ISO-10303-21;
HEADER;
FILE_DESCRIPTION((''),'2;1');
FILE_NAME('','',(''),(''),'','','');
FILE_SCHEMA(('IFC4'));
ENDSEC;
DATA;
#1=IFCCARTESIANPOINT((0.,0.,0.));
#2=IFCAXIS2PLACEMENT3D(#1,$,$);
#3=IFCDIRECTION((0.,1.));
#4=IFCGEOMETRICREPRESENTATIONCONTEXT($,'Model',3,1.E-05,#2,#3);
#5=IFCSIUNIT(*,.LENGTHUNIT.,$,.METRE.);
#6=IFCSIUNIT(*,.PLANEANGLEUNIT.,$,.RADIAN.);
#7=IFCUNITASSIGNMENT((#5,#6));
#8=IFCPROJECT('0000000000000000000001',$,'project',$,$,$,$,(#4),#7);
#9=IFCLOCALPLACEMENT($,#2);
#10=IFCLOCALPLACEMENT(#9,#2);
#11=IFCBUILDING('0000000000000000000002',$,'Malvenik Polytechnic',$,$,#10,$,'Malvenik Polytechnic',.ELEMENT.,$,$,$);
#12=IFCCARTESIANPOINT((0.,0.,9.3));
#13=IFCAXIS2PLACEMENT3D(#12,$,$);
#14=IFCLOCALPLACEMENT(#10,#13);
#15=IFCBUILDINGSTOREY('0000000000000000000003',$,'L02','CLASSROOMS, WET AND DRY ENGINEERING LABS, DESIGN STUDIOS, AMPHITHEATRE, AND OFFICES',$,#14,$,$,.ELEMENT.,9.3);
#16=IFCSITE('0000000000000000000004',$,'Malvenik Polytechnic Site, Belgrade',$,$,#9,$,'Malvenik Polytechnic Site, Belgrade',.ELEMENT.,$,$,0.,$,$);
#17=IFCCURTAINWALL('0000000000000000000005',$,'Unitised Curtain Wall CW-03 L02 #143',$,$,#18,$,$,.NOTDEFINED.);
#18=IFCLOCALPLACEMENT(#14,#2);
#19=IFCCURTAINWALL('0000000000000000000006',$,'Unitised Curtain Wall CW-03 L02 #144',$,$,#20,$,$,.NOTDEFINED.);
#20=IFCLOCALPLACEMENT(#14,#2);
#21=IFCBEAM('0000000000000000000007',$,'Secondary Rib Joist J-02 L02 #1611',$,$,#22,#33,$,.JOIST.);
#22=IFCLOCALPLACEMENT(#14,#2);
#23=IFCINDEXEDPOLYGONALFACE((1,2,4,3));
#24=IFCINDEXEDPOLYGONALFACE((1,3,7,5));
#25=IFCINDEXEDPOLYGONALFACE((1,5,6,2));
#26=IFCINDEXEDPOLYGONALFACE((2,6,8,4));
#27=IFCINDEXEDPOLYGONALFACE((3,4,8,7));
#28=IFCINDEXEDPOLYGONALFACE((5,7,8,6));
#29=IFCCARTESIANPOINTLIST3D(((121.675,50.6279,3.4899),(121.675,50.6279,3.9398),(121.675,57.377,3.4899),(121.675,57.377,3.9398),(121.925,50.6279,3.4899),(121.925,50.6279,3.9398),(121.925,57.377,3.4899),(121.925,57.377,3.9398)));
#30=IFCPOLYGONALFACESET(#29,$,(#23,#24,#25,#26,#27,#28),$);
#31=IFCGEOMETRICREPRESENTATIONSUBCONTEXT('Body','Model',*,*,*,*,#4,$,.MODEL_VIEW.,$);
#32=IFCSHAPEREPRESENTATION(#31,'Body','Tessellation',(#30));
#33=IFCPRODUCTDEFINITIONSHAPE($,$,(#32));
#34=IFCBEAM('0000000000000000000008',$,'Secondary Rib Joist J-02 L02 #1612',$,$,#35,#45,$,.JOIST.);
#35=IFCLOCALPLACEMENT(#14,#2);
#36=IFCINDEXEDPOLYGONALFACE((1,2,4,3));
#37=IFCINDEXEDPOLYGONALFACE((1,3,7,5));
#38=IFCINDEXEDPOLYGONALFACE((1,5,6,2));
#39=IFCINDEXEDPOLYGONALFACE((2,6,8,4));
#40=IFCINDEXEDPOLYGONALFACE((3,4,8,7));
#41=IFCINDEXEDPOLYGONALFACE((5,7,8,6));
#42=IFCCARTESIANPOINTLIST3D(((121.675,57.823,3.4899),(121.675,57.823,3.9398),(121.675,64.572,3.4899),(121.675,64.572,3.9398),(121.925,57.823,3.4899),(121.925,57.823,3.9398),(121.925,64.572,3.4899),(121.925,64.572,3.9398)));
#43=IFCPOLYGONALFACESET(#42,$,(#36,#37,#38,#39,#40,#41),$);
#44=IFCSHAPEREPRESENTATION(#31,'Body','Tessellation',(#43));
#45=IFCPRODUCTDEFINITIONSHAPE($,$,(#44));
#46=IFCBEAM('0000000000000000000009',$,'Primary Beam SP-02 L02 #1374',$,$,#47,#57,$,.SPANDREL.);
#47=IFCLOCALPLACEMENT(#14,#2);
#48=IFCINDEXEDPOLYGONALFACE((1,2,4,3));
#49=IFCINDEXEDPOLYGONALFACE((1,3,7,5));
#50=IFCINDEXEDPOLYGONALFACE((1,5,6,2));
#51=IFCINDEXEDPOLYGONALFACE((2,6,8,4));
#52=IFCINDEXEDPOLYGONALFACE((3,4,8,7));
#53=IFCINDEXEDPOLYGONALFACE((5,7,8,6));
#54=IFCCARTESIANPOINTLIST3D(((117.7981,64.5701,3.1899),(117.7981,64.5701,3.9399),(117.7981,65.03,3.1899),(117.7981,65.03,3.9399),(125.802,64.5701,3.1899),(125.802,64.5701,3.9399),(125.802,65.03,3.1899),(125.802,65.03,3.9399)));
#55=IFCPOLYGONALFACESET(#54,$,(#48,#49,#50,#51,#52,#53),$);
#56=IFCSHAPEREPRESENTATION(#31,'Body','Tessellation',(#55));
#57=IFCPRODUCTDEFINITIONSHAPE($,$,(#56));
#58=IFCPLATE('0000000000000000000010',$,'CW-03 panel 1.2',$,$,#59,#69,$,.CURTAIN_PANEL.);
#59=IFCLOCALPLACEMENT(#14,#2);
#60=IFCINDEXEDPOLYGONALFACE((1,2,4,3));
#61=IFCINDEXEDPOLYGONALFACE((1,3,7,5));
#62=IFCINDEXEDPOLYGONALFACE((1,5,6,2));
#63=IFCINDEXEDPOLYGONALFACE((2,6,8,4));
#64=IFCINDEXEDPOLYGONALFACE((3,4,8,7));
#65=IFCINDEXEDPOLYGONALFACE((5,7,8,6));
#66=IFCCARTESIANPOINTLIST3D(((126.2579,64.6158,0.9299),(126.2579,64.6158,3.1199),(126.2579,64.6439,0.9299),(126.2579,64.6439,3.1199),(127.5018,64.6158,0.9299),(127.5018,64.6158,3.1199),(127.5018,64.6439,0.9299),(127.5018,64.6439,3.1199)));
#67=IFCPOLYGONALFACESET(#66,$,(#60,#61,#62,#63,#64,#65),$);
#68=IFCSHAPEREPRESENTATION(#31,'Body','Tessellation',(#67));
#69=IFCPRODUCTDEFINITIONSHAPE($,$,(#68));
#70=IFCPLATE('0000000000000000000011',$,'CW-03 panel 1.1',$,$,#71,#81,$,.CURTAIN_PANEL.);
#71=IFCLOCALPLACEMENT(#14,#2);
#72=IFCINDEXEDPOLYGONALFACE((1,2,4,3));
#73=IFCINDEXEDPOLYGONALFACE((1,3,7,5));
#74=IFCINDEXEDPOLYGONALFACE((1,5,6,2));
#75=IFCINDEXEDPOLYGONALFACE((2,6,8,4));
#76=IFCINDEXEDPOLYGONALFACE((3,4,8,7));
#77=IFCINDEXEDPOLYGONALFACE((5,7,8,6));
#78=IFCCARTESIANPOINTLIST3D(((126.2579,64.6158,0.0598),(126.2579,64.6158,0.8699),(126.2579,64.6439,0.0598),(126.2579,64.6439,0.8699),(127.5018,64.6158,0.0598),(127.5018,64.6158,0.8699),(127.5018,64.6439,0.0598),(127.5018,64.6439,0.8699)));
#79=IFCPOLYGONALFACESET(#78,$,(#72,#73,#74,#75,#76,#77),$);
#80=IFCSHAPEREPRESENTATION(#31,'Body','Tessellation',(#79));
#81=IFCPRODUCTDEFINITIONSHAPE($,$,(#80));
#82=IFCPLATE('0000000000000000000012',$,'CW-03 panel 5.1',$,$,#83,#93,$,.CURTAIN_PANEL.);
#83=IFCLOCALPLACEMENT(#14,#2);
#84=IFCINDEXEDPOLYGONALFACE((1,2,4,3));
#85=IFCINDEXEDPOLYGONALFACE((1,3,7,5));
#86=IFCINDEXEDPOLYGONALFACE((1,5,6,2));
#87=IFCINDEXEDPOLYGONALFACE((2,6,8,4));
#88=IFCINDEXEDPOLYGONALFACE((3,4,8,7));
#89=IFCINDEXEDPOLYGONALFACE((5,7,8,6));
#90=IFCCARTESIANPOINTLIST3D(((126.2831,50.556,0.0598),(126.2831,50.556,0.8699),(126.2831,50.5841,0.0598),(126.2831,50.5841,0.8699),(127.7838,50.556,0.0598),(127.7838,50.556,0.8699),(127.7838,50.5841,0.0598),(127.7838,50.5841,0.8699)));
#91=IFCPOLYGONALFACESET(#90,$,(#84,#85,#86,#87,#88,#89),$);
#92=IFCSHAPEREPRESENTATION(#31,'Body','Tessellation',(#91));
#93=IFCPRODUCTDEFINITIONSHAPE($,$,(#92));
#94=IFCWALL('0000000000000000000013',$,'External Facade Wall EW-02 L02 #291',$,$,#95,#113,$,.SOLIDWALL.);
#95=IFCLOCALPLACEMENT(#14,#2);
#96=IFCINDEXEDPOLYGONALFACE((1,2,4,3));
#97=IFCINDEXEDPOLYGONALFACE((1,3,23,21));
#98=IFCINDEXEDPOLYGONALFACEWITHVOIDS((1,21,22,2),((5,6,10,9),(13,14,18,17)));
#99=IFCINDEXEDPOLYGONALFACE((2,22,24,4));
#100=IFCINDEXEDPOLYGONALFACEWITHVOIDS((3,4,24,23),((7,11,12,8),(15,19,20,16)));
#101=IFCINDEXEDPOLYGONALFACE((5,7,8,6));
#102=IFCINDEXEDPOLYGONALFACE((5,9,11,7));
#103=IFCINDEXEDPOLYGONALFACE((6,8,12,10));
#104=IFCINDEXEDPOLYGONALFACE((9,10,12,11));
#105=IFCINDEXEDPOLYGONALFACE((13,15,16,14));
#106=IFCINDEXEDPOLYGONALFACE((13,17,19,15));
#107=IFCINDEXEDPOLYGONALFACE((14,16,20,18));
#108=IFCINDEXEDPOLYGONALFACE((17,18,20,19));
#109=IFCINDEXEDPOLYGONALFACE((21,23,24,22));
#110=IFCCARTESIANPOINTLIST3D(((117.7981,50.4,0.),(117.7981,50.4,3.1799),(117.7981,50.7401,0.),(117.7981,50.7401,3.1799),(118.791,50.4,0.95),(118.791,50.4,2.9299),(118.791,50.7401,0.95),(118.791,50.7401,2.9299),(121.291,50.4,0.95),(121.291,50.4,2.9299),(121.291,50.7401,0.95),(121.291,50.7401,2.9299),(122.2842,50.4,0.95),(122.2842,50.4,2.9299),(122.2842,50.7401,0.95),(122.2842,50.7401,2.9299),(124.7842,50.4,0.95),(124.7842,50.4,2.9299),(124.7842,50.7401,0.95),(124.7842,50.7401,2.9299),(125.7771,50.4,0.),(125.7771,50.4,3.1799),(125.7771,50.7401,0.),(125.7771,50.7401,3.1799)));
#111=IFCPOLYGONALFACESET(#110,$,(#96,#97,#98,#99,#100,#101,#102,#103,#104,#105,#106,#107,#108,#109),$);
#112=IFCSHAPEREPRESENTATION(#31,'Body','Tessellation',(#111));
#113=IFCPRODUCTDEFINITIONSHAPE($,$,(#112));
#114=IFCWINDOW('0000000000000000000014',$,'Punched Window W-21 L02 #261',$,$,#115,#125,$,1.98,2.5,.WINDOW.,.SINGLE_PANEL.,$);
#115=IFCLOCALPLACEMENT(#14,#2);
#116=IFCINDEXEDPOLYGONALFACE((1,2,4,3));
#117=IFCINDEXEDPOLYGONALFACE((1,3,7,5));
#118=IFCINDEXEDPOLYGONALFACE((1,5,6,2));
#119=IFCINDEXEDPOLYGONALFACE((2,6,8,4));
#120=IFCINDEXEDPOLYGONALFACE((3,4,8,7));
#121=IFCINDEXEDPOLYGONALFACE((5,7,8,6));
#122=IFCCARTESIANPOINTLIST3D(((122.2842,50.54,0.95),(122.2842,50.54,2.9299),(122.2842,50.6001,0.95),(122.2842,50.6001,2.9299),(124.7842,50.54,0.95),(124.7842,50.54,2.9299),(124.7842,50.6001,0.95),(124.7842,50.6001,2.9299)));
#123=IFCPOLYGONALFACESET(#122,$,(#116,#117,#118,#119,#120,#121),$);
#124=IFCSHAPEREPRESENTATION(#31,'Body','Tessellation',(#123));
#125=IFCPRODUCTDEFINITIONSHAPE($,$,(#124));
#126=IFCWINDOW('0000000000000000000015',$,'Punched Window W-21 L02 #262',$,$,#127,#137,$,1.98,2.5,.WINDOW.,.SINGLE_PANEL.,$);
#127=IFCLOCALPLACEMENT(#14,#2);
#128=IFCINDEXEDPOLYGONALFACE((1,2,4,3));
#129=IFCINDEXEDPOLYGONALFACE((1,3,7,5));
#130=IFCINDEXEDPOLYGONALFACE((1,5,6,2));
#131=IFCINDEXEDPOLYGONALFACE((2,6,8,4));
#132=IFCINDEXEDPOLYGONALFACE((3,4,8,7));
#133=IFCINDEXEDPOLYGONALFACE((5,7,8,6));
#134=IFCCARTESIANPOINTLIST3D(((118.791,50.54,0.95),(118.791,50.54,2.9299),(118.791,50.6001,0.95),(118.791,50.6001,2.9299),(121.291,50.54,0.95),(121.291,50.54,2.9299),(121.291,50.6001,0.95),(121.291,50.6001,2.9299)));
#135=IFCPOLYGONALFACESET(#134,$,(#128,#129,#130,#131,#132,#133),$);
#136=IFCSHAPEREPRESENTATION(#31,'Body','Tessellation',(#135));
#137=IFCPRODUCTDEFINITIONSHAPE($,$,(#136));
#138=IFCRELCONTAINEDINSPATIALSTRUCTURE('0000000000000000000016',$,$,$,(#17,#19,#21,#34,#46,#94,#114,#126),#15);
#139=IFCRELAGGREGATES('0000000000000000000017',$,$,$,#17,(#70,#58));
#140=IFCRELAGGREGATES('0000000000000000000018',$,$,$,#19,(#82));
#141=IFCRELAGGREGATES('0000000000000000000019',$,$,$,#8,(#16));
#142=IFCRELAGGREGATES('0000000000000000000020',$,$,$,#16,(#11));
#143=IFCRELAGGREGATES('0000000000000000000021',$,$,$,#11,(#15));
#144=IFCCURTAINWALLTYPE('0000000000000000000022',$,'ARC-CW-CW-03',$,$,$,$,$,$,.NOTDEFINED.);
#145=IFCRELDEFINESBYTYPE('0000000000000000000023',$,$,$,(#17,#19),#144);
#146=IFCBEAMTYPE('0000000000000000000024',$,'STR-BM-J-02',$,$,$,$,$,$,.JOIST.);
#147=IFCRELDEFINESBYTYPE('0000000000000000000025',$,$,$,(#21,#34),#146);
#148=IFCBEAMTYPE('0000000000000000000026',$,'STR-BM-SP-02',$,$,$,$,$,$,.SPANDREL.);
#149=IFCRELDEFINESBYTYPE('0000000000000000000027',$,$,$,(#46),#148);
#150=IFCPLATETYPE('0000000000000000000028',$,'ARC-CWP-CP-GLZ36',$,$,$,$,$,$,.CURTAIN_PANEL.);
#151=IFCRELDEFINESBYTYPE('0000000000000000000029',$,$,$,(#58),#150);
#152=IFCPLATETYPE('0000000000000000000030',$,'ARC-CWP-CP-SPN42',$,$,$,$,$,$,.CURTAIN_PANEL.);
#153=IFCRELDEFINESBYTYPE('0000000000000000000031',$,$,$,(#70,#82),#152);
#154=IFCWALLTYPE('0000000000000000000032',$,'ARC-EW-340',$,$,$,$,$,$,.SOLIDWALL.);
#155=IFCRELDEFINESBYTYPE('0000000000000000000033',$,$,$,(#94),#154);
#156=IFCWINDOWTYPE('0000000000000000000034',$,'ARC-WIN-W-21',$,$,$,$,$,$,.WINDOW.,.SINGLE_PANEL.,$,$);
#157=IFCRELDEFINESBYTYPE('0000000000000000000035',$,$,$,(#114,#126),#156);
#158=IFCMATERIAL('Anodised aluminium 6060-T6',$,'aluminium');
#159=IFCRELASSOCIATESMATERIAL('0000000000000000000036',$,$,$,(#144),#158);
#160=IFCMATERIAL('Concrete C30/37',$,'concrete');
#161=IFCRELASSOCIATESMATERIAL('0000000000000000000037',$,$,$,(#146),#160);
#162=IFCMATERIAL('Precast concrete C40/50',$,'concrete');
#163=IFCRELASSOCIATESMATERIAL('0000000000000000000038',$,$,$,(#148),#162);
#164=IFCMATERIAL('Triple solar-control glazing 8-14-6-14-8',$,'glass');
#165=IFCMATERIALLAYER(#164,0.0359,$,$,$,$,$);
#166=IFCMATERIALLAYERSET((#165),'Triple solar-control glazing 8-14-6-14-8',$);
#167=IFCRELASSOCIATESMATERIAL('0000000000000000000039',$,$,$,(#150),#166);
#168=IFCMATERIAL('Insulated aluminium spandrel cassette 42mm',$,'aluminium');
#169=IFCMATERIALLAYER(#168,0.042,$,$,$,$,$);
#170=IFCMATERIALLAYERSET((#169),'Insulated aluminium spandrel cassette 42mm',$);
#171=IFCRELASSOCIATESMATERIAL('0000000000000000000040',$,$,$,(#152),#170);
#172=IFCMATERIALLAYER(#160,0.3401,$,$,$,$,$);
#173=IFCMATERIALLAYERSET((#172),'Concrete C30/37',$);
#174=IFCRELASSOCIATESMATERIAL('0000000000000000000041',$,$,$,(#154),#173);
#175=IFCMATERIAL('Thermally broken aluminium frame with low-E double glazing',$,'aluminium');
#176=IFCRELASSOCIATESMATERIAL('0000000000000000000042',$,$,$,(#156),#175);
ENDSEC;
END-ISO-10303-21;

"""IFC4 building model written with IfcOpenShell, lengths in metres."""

from ifc_helpers import new_model, si_unit, direction, frame, frame_2d, origin, origin_2d, place, context, subcontext, project, spatial, rectangle, extrude, material, layer, layer_set, material_profile, profile_set, type_object, element, fill, aggregate, save


model = new_model("IFC4")

# Units and contexts
model_context = context("Model", 3, precision=1e-05, world=origin(), true_north=direction((0.0, 1.0)))
body_context = subcontext(model_context, "Body", "Model", "MODEL_VIEW")
ifc_project = project(units=[si_unit("LENGTHUNIT", "METRE"), si_unit("PLANEANGLEUNIT", "RADIAN")], contexts=[model_context])

# Site, building, storey
site_placement = place(None, origin())
site = spatial("IfcSite", under=ifc_project, at=site_placement, Name="Malvenik Polytechnic Site, Belgrade", LongName="Malvenik Polytechnic Site, Belgrade", CompositionType="ELEMENT", RefElevation=0.0)
building_placement = place(site_placement, origin())
building = spatial("IfcBuilding", under=site, at=building_placement, Name="Malvenik Polytechnic", LongName="Malvenik Polytechnic", CompositionType="ELEMENT")
storey_placement = place(building_placement, frame((0.0, 0.0, 9.3)))
storey = spatial("IfcBuildingStorey", under=building, at=storey_placement, Name="L02", Description="CLASSROOMS, WET AND DRY ENGINEERING LABS, DESIGN STUDIOS, AMPHITHEATRE, AND OFFICES", CompositionType="ELEMENT", Elevation=9.3)

# Shared definitions
ifc_material_1 = material(Name="Concrete C30/37", Category="concrete")

# Curtain walls
ifc_material_2 = material(Name="Anodised aluminium 6060-T6", Category="aluminium")
curtain_wall_type = type_object("IfcCurtainWallType", Name="ARC-CW-CW-03", PredefinedType="NOTDEFINED", material=ifc_material_2)
curtain_wall_1_placement = place(storey_placement, origin())
curtain_wall_1 = element("IfcCurtainWall", 1, at=curtain_wall_1_placement, inside=storey, type_object=curtain_wall_type, Name="Unitised Curtain Wall CW-03 L02 #143", PredefinedType="NOTDEFINED")
curtain_wall_2_placement = place(storey_placement, origin())
curtain_wall_2 = element("IfcCurtainWall", 2, at=curtain_wall_2_placement, inside=storey, type_object=curtain_wall_type, Name="Unitised Curtain Wall CW-03 L02 #144", PredefinedType="NOTDEFINED")

# Beams
ifc_material_profile_1 = material_profile(ifc_material_1, rectangle(XDim=0.25, YDim=0.45, at=origin_2d()), Name="RC JST 250x450")
ifc_profile_set_1 = profile_set([ifc_material_profile_1], Name="Concrete C30/37")
beam_type_1 = type_object("IfcBeamType", Name="STR-BM-J-02", PredefinedType="JOIST", material=ifc_profile_set_1)
for number, where, z_axis, x_axis, name in (
    (3, (121.8, 50.6279, 3.7148), (0.0, 1.0, 0.0), (-1.0, 0.0, 0.0), "Secondary Rib Joist J-02 L02 #1611"),
    (4, (121.8, 57.823, 3.7148), (0.0, 1.0, 0.0), (-1.0, 0.0, 0.0), "Secondary Rib Joist J-02 L02 #1612"),
):
    element("IfcBeam", number, at=place(storey_placement, frame(where, z_axis=z_axis, x_axis=x_axis)), inside=storey, type_object=beam_type_1, Name=name, PredefinedType="JOIST", context=body_context, shape_type="SweptSolid", body=[
        extrude(rectangle(XDim=0.25, YDim=0.45, at=origin_2d()), origin(), (0.0, 0.0, 1.0), 6.749),
    ])
ifc_material_3 = material(Name="Precast concrete C40/50", Category="concrete")
ifc_material_profile_2 = material_profile(ifc_material_3, rectangle(XDim=0.46, YDim=0.75, at=origin_2d()), Name="PC SPN 460x750")
ifc_profile_set_2 = profile_set([ifc_material_profile_2], Name="Precast concrete C40/50")
beam_type_2 = type_object("IfcBeamType", Name="STR-BM-SP-02", PredefinedType="SPANDREL", material=ifc_profile_set_2)
beam_1_placement = place(storey_placement, frame((117.7981, 64.8, 3.5649), z_axis=(1.0, 0.0, 0.0), x_axis=(0.0, 1.0, 0.0)))
element("IfcBeam", 5, at=beam_1_placement, inside=storey, type_object=beam_type_2, Name="Primary Beam SP-02 L02 #1374", PredefinedType="SPANDREL", context=body_context, shape_type="SweptSolid", body=[
    extrude(rectangle(XDim=0.46, YDim=0.75, at=origin_2d()), origin(), (0.0, 0.0, 1.0), 8.0039),
])

# Plates
ifc_material_4 = material(Name="Triple solar-control glazing 8-14-6-14-8", Category="glass")
ifc_layer_1 = layer(ifc_material_4, 0.0359)
ifc_layer_set_1 = layer_set([ifc_layer_1], Name="Triple solar-control glazing 8-14-6-14-8")
plate_type_1 = type_object("IfcPlateType", Name="ARC-CWP-CP-GLZ36", PredefinedType="CURTAIN_PANEL", material=ifc_layer_set_1)
plate_1_placement = place(storey_placement, frame((126.8799, 64.6299, 0.9299), z_axis=(0.0, 0.0, 1.0), x_axis=(1.0, 0.0, 0.0)))
plate_1 = element("IfcPlate", 6, at=plate_1_placement, type_object=plate_type_1, Name="CW-03 panel 1.2", PredefinedType="CURTAIN_PANEL", context=body_context, shape_type="SweptSolid", body=[
    extrude(rectangle(XDim=1.2439, YDim=0.0281, at=origin_2d()), origin(), (0.0, 0.0, 1.0), 2.1899),
])
ifc_material_5 = material(Name="Insulated aluminium spandrel cassette 42mm", Category="aluminium")
ifc_layer_2 = layer(ifc_material_5, 0.042)
ifc_layer_set_2 = layer_set([ifc_layer_2], Name="Insulated aluminium spandrel cassette 42mm")
plate_type_2 = type_object("IfcPlateType", Name="ARC-CWP-CP-SPN42", PredefinedType="CURTAIN_PANEL", material=ifc_layer_set_2)
plate_2_placement = place(storey_placement, frame((126.8799, 64.6299, 0.0598), z_axis=(0.0, 0.0, 1.0), x_axis=(1.0, 0.0, 0.0)))
plate_2 = element("IfcPlate", 7, at=plate_2_placement, type_object=plate_type_2, Name="CW-03 panel 1.1", PredefinedType="CURTAIN_PANEL", context=body_context, shape_type="SweptSolid", body=[
    extrude(rectangle(XDim=1.2439, YDim=0.0281, at=origin_2d()), origin(), (0.0, 0.0, 1.0), 0.8101),
])
aggregate(curtain_wall_1, [plate_2, plate_1])
plate_3_placement = place(storey_placement, frame((127.0334, 50.5701, 0.0598), z_axis=(0.0, 0.0, 1.0), x_axis=(-1.0, 0.0, 0.0)))
plate_3 = element("IfcPlate", 8, at=plate_3_placement, type_object=plate_type_2, Name="CW-03 panel 5.1", PredefinedType="CURTAIN_PANEL", context=body_context, shape_type="SweptSolid", body=[
    extrude(rectangle(XDim=1.5007, YDim=0.0281, at=origin_2d()), origin(), (0.0, 0.0, 1.0), 0.8101),
])
aggregate(curtain_wall_2, [plate_3])

# Wall, openings, windows
ifc_layer_3 = layer(ifc_material_1, 0.3401)
ifc_layer_set_3 = layer_set([ifc_layer_3], Name="Concrete C30/37")
wall_type = type_object("IfcWallType", Name="ARC-EW-340", PredefinedType="SOLIDWALL", material=ifc_layer_set_3)
wall_placement = place(storey_placement, frame((125.7771, 50.5701, 0.0), z_axis=(0.0, 0.0, 1.0), x_axis=(-1.0, 0.0, 0.0)))
wall = element("IfcWall", 9, at=wall_placement, inside=storey, type_object=wall_type, Name="External Facade Wall EW-02 L02 #291", PredefinedType="SOLIDWALL", context=body_context, shape_type="SweptSolid", body=[
    extrude(rectangle(XDim=7.979, YDim=0.3401, at=frame_2d((3.9895, 0.0))), origin(), (0.0, 0.0, 1.0), 3.1799),
])
opening_1_placement = place(wall_placement, frame((0.9929, 0.0, 0.95)))
opening_1 = element("IfcOpeningElement", 10, at=opening_1_placement, cuts=wall, PredefinedType="OPENING", context=body_context, shape_type="SweptSolid", body=[
    extrude(rectangle(XDim=2.5, YDim=1.98, at=frame_2d((1.25, 0.99))), frame((0.0, 0.1802, 0.0), z_axis=(0.0, -1.0, 0.0), x_axis=(1.0, 0.0, 0.0)), (0.0, 0.0, 1.0), 0.3601),
])
opening_2_placement = place(wall_placement, frame((4.4861, 0.0, 0.95)))
opening_2 = element("IfcOpeningElement", 11, at=opening_2_placement, cuts=wall, PredefinedType="OPENING", context=body_context, shape_type="SweptSolid", body=[
    extrude(rectangle(XDim=2.5, YDim=1.98, at=frame_2d((1.25, 0.99))), frame((0.0, 0.1802, 0.0), z_axis=(0.0, -1.0, 0.0), x_axis=(1.0, 0.0, 0.0)), (0.0, 0.0, 1.0), 0.3601),
])
ifc_material_6 = material(Name="Thermally broken aluminium frame with low-E double glazing", Category="aluminium")
window_type = type_object("IfcWindowType", Name="ARC-WIN-W-21", PartitioningType="SINGLE_PANEL", PredefinedType="WINDOW", material=ifc_material_6)
window_1_placement = place(opening_1_placement, origin())
window_1 = element("IfcWindow", 12, at=window_1_placement, inside=storey, type_object=window_type, Name="Punched Window W-21 L02 #261", OverallHeight=1.98, OverallWidth=2.5, PartitioningType="SINGLE_PANEL", PredefinedType="WINDOW", context=body_context, shape_type="SweptSolid", body=[
    extrude(rectangle(XDim=2.5, YDim=1.98, at=frame_2d((1.25, 0.99))), frame((0.0, 0.03, 0.0), z_axis=(0.0, -1.0, 0.0), x_axis=(1.0, 0.0, 0.0)), (0.0, 0.0, 1.0), 0.0601),
])
fill(opening_1, window_1)
window_2_placement = place(opening_2_placement, origin())
window_2 = element("IfcWindow", 13, at=window_2_placement, inside=storey, type_object=window_type, Name="Punched Window W-21 L02 #262", OverallHeight=1.98, OverallWidth=2.5, PartitioningType="SINGLE_PANEL", PredefinedType="WINDOW", context=body_context, shape_type="SweptSolid", body=[
    extrude(rectangle(XDim=2.5, YDim=1.98, at=frame_2d((1.25, 0.99))), frame((0.0, 0.03, 0.0), z_axis=(0.0, -1.0, 0.0), x_axis=(1.0, 0.0, 0.0)), (0.0, 0.0, 1.0), 0.0601),
])
fill(opening_2, window_2)

save(model, "model.ifc")
